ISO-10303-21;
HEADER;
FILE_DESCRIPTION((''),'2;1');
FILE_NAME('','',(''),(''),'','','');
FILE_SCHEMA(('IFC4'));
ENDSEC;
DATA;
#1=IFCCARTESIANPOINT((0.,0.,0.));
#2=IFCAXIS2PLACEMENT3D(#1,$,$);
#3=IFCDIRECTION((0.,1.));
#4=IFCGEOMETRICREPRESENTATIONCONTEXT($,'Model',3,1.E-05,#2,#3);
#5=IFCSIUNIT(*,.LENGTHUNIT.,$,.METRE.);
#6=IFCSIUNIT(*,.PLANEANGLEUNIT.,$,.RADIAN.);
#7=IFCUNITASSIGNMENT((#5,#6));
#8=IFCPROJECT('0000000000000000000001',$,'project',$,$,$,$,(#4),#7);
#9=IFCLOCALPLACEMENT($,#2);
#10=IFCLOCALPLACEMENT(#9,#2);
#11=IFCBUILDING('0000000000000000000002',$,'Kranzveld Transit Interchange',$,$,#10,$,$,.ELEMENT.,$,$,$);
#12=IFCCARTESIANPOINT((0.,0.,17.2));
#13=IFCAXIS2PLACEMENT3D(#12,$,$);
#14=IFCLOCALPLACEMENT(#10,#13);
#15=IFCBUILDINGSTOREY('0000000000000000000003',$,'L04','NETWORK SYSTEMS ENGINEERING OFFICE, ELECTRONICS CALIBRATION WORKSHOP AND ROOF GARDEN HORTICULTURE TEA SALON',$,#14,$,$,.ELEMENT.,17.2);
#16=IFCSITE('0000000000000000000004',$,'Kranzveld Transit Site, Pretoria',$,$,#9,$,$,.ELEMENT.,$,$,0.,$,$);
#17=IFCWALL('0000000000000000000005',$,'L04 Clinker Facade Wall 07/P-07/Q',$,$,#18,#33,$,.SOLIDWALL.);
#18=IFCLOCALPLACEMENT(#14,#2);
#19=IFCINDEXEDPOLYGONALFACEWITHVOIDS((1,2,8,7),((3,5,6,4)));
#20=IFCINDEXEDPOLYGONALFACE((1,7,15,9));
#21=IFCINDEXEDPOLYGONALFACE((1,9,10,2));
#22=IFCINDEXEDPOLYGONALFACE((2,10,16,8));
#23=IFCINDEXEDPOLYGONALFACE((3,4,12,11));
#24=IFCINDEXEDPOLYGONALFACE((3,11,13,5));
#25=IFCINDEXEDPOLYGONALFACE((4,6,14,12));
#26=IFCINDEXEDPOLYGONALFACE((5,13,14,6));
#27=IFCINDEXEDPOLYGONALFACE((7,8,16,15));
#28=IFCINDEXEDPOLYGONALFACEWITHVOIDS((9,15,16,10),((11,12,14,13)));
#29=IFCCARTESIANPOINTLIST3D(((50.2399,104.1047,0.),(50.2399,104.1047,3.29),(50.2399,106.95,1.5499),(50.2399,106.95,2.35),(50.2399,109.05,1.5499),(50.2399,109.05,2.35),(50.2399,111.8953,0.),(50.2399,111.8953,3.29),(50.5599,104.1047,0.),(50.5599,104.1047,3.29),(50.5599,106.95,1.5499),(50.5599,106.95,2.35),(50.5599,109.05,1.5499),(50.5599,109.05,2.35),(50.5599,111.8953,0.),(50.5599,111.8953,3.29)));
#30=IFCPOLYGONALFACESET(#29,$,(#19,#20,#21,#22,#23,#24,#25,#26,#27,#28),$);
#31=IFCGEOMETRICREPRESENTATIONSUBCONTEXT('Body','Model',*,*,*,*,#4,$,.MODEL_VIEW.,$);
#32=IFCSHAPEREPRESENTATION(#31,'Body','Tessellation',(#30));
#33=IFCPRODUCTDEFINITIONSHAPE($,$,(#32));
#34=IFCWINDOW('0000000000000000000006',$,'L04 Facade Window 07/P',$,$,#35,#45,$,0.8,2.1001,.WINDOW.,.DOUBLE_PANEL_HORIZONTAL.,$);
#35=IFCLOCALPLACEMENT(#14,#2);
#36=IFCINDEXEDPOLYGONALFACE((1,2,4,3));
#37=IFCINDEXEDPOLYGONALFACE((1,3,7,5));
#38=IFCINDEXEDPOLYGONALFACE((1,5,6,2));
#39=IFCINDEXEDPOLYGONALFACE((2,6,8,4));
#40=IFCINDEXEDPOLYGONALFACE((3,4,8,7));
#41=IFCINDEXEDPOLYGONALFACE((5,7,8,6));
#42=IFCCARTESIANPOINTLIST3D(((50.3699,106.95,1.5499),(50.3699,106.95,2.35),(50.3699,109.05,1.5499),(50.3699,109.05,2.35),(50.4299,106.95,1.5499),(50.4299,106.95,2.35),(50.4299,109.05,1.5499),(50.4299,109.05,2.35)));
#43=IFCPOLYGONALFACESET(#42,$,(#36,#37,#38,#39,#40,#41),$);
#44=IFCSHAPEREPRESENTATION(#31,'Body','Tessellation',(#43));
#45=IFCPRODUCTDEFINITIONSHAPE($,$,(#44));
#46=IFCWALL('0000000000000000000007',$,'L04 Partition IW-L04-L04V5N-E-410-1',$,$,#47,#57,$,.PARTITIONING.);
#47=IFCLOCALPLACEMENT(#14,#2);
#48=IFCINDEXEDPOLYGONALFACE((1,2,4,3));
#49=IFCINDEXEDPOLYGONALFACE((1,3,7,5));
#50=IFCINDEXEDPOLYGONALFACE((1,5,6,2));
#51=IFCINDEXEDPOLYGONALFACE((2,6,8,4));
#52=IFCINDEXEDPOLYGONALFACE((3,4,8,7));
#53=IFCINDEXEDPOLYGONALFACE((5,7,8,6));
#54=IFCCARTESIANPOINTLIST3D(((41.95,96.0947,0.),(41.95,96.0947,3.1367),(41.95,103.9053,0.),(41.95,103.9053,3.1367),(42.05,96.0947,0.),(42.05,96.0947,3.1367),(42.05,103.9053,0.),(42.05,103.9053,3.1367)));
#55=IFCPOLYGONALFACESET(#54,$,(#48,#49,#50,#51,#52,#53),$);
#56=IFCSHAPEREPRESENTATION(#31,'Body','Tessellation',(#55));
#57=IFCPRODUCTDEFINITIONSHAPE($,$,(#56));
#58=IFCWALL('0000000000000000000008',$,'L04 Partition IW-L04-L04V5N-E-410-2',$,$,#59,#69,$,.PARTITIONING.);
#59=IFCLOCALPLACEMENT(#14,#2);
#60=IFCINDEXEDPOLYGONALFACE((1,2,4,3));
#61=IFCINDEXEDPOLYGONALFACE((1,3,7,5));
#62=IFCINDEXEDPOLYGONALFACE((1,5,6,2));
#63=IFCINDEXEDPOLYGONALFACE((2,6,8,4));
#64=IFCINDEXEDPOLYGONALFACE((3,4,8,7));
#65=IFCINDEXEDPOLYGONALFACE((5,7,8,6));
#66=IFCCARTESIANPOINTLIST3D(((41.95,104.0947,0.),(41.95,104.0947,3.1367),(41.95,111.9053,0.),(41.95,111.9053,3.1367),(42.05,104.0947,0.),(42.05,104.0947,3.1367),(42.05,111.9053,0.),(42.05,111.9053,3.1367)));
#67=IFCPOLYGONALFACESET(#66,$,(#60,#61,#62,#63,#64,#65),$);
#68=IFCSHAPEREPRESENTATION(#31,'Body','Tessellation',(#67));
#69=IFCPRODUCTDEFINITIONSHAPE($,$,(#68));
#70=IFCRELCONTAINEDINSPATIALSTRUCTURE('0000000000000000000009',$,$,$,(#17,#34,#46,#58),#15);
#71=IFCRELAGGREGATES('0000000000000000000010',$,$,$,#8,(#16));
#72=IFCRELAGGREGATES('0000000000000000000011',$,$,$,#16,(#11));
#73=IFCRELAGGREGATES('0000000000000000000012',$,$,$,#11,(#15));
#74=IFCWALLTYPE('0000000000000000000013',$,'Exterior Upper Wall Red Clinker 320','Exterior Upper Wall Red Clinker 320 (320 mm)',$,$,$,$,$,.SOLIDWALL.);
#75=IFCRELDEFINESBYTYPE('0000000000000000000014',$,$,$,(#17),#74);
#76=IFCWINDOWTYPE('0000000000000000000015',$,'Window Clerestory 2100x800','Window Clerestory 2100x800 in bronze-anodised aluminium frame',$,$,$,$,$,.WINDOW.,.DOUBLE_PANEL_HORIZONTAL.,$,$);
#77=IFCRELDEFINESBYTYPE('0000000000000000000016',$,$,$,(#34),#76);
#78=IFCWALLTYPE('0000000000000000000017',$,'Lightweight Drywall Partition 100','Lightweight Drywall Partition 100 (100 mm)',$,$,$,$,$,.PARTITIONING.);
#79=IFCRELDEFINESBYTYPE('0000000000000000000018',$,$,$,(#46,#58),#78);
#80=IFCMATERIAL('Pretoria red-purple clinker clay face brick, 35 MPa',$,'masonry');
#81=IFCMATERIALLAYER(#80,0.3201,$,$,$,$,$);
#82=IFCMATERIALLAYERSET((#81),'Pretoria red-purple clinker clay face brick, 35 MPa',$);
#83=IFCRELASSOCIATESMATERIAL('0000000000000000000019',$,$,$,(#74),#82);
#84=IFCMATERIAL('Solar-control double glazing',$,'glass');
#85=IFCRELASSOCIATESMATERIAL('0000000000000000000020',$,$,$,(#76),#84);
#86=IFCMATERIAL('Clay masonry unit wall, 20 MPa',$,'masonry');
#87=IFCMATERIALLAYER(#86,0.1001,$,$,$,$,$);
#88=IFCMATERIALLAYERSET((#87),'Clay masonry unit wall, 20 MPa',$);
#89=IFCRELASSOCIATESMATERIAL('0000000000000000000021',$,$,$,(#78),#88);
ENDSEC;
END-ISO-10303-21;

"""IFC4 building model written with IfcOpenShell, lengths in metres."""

from ifc_helpers import new_model, si_unit, direction, frame, frame_2d, origin, place, context, subcontext, project, spatial, rectangle, extrude, material, layer, layer_set, type_object, element, fill, save


model = new_model("IFC4")

# Units and contexts
model_context = context("Model", 3, precision=1e-05, world=origin(), true_north=direction((0.0, 1.0)))
body_context = subcontext(model_context, "Body", "Model", "MODEL_VIEW")
ifc_project = project(units=[si_unit("LENGTHUNIT", "METRE"), si_unit("PLANEANGLEUNIT", "RADIAN")], contexts=[model_context])

# Site, building, storey
site_placement = place(None, origin())
site = spatial("IfcSite", under=ifc_project, at=site_placement, Name="Kranzveld Transit Site, Pretoria", CompositionType="ELEMENT", RefElevation=0.0)
building_placement = place(site_placement, origin())
building = spatial("IfcBuilding", under=site, at=building_placement, Name="Kranzveld Transit Interchange", CompositionType="ELEMENT")
storey_placement = place(building_placement, frame((0.0, 0.0, 17.2)))
storey = spatial("IfcBuildingStorey", under=building, at=storey_placement, Name="L04", Description="NETWORK SYSTEMS ENGINEERING OFFICE, ELECTRONICS CALIBRATION WORKSHOP AND ROOF GARDEN HORTICULTURE TEA SALON", CompositionType="ELEMENT", Elevation=17.2)

# Wall, opening, window
ifc_material_1 = material(Name="Pretoria red-purple clinker clay face brick, 35 MPa", Category="masonry")
ifc_layer_1 = layer(ifc_material_1, 0.3201)
ifc_layer_set_1 = layer_set([ifc_layer_1], Name="Pretoria red-purple clinker clay face brick, 35 MPa")
wall_type_1 = type_object("IfcWallType", Name="Exterior Upper Wall Red Clinker 320", Description="Exterior Upper Wall Red Clinker 320 (320 mm)", PredefinedType="SOLIDWALL", material=ifc_layer_set_1)
wall_1_placement = place(storey_placement, frame((50.3999, 104.1047, 0.0), z_axis=(0.0, 0.0, 1.0), x_axis=(0.0, 1.0, 0.0)))
wall_1 = element("IfcWall", 1, at=wall_1_placement, inside=storey, type_object=wall_type_1, Name="L04 Clinker Facade Wall 07/P-07/Q", PredefinedType="SOLIDWALL", context=body_context, shape_type="SweptSolid", body=[
    extrude(rectangle(XDim=7.7905, YDim=0.3201, at=frame_2d((3.8953, 0.0))), origin(), (0.0, 0.0, 1.0), 3.29),
])
opening_1_placement = place(wall_1_placement, frame((2.8452, 0.0, 1.55), z_axis=(0.0, 0.0, 1.0), x_axis=(1.0, 0.0, 0.0)))
opening_1 = element("IfcOpeningElement", 2, at=opening_1_placement, cuts=wall_1, PredefinedType="OPENING", context=body_context, shape_type="SweptSolid", body=[
    extrude(rectangle(XDim=2.1001, YDim=0.8, at=frame_2d((1.05, 0.3999))), frame((0.0, 0.1699, 0.0), z_axis=(0.0, -1.0, 0.0), x_axis=(1.0, 0.0, 0.0)), (0.0, 0.0, 1.0), 0.3401),
])
ifc_material_2 = material(Name="Solar-control double glazing", Category="glass")
window_type_1 = type_object("IfcWindowType", Name="Window Clerestory 2100x800", Description="Window Clerestory 2100x800 in bronze-anodised aluminium frame", PartitioningType="DOUBLE_PANEL_HORIZONTAL", PredefinedType="WINDOW", material=ifc_material_2)
window_1_placement = place(opening_1_placement, origin())
window_1 = element("IfcWindow", 3, at=window_1_placement, inside=storey, type_object=window_type_1, Name="L04 Facade Window 07/P", OverallHeight=0.8, OverallWidth=2.1001, PartitioningType="DOUBLE_PANEL_HORIZONTAL", PredefinedType="WINDOW", context=body_context, shape_type="SweptSolid", body=[
    extrude(rectangle(XDim=2.1001, YDim=0.8, at=frame_2d((1.05, 0.3999))), frame((0.0, 0.03, 0.0), z_axis=(0.0, -1.0, 0.0), x_axis=(1.0, 0.0, 0.0)), (0.0, 0.0, 1.0), 0.0601),
])
fill(opening_1, window_1)

# Walls
ifc_material_3 = material(Name="Clay masonry unit wall, 20 MPa", Category="masonry")
ifc_layer_2 = layer(ifc_material_3, 0.1001)
ifc_layer_set_2 = layer_set([ifc_layer_2], Name="Clay masonry unit wall, 20 MPa")
wall_type_2 = type_object("IfcWallType", Name="Lightweight Drywall Partition 100", Description="Lightweight Drywall Partition 100 (100 mm)", PredefinedType="PARTITIONING", material=ifc_layer_set_2)
for number, where, z_axis, x_axis, name in (
    (4, (42.0, 96.0947, 0.0), (0.0, 0.0, 1.0), (0.0, 1.0, 0.0), "L04 Partition IW-L04-L04V5N-E-410-1"),
    (5, (42.0, 104.0947, 0.0), (0.0, 0.0, 1.0), (0.0, 1.0, 0.0), "L04 Partition IW-L04-L04V5N-E-410-2"),
):
    element("IfcWall", number, at=place(storey_placement, frame(where, z_axis=z_axis, x_axis=x_axis)), inside=storey, type_object=wall_type_2, Name=name, PredefinedType="PARTITIONING", context=body_context, shape_type="SweptSolid", body=[
        extrude(rectangle(XDim=7.8105, YDim=0.1001, at=frame_2d((3.9053, 0.0))), origin(), (0.0, 0.0, 1.0), 3.1367),
    ])

save(model, "model.ifc")
